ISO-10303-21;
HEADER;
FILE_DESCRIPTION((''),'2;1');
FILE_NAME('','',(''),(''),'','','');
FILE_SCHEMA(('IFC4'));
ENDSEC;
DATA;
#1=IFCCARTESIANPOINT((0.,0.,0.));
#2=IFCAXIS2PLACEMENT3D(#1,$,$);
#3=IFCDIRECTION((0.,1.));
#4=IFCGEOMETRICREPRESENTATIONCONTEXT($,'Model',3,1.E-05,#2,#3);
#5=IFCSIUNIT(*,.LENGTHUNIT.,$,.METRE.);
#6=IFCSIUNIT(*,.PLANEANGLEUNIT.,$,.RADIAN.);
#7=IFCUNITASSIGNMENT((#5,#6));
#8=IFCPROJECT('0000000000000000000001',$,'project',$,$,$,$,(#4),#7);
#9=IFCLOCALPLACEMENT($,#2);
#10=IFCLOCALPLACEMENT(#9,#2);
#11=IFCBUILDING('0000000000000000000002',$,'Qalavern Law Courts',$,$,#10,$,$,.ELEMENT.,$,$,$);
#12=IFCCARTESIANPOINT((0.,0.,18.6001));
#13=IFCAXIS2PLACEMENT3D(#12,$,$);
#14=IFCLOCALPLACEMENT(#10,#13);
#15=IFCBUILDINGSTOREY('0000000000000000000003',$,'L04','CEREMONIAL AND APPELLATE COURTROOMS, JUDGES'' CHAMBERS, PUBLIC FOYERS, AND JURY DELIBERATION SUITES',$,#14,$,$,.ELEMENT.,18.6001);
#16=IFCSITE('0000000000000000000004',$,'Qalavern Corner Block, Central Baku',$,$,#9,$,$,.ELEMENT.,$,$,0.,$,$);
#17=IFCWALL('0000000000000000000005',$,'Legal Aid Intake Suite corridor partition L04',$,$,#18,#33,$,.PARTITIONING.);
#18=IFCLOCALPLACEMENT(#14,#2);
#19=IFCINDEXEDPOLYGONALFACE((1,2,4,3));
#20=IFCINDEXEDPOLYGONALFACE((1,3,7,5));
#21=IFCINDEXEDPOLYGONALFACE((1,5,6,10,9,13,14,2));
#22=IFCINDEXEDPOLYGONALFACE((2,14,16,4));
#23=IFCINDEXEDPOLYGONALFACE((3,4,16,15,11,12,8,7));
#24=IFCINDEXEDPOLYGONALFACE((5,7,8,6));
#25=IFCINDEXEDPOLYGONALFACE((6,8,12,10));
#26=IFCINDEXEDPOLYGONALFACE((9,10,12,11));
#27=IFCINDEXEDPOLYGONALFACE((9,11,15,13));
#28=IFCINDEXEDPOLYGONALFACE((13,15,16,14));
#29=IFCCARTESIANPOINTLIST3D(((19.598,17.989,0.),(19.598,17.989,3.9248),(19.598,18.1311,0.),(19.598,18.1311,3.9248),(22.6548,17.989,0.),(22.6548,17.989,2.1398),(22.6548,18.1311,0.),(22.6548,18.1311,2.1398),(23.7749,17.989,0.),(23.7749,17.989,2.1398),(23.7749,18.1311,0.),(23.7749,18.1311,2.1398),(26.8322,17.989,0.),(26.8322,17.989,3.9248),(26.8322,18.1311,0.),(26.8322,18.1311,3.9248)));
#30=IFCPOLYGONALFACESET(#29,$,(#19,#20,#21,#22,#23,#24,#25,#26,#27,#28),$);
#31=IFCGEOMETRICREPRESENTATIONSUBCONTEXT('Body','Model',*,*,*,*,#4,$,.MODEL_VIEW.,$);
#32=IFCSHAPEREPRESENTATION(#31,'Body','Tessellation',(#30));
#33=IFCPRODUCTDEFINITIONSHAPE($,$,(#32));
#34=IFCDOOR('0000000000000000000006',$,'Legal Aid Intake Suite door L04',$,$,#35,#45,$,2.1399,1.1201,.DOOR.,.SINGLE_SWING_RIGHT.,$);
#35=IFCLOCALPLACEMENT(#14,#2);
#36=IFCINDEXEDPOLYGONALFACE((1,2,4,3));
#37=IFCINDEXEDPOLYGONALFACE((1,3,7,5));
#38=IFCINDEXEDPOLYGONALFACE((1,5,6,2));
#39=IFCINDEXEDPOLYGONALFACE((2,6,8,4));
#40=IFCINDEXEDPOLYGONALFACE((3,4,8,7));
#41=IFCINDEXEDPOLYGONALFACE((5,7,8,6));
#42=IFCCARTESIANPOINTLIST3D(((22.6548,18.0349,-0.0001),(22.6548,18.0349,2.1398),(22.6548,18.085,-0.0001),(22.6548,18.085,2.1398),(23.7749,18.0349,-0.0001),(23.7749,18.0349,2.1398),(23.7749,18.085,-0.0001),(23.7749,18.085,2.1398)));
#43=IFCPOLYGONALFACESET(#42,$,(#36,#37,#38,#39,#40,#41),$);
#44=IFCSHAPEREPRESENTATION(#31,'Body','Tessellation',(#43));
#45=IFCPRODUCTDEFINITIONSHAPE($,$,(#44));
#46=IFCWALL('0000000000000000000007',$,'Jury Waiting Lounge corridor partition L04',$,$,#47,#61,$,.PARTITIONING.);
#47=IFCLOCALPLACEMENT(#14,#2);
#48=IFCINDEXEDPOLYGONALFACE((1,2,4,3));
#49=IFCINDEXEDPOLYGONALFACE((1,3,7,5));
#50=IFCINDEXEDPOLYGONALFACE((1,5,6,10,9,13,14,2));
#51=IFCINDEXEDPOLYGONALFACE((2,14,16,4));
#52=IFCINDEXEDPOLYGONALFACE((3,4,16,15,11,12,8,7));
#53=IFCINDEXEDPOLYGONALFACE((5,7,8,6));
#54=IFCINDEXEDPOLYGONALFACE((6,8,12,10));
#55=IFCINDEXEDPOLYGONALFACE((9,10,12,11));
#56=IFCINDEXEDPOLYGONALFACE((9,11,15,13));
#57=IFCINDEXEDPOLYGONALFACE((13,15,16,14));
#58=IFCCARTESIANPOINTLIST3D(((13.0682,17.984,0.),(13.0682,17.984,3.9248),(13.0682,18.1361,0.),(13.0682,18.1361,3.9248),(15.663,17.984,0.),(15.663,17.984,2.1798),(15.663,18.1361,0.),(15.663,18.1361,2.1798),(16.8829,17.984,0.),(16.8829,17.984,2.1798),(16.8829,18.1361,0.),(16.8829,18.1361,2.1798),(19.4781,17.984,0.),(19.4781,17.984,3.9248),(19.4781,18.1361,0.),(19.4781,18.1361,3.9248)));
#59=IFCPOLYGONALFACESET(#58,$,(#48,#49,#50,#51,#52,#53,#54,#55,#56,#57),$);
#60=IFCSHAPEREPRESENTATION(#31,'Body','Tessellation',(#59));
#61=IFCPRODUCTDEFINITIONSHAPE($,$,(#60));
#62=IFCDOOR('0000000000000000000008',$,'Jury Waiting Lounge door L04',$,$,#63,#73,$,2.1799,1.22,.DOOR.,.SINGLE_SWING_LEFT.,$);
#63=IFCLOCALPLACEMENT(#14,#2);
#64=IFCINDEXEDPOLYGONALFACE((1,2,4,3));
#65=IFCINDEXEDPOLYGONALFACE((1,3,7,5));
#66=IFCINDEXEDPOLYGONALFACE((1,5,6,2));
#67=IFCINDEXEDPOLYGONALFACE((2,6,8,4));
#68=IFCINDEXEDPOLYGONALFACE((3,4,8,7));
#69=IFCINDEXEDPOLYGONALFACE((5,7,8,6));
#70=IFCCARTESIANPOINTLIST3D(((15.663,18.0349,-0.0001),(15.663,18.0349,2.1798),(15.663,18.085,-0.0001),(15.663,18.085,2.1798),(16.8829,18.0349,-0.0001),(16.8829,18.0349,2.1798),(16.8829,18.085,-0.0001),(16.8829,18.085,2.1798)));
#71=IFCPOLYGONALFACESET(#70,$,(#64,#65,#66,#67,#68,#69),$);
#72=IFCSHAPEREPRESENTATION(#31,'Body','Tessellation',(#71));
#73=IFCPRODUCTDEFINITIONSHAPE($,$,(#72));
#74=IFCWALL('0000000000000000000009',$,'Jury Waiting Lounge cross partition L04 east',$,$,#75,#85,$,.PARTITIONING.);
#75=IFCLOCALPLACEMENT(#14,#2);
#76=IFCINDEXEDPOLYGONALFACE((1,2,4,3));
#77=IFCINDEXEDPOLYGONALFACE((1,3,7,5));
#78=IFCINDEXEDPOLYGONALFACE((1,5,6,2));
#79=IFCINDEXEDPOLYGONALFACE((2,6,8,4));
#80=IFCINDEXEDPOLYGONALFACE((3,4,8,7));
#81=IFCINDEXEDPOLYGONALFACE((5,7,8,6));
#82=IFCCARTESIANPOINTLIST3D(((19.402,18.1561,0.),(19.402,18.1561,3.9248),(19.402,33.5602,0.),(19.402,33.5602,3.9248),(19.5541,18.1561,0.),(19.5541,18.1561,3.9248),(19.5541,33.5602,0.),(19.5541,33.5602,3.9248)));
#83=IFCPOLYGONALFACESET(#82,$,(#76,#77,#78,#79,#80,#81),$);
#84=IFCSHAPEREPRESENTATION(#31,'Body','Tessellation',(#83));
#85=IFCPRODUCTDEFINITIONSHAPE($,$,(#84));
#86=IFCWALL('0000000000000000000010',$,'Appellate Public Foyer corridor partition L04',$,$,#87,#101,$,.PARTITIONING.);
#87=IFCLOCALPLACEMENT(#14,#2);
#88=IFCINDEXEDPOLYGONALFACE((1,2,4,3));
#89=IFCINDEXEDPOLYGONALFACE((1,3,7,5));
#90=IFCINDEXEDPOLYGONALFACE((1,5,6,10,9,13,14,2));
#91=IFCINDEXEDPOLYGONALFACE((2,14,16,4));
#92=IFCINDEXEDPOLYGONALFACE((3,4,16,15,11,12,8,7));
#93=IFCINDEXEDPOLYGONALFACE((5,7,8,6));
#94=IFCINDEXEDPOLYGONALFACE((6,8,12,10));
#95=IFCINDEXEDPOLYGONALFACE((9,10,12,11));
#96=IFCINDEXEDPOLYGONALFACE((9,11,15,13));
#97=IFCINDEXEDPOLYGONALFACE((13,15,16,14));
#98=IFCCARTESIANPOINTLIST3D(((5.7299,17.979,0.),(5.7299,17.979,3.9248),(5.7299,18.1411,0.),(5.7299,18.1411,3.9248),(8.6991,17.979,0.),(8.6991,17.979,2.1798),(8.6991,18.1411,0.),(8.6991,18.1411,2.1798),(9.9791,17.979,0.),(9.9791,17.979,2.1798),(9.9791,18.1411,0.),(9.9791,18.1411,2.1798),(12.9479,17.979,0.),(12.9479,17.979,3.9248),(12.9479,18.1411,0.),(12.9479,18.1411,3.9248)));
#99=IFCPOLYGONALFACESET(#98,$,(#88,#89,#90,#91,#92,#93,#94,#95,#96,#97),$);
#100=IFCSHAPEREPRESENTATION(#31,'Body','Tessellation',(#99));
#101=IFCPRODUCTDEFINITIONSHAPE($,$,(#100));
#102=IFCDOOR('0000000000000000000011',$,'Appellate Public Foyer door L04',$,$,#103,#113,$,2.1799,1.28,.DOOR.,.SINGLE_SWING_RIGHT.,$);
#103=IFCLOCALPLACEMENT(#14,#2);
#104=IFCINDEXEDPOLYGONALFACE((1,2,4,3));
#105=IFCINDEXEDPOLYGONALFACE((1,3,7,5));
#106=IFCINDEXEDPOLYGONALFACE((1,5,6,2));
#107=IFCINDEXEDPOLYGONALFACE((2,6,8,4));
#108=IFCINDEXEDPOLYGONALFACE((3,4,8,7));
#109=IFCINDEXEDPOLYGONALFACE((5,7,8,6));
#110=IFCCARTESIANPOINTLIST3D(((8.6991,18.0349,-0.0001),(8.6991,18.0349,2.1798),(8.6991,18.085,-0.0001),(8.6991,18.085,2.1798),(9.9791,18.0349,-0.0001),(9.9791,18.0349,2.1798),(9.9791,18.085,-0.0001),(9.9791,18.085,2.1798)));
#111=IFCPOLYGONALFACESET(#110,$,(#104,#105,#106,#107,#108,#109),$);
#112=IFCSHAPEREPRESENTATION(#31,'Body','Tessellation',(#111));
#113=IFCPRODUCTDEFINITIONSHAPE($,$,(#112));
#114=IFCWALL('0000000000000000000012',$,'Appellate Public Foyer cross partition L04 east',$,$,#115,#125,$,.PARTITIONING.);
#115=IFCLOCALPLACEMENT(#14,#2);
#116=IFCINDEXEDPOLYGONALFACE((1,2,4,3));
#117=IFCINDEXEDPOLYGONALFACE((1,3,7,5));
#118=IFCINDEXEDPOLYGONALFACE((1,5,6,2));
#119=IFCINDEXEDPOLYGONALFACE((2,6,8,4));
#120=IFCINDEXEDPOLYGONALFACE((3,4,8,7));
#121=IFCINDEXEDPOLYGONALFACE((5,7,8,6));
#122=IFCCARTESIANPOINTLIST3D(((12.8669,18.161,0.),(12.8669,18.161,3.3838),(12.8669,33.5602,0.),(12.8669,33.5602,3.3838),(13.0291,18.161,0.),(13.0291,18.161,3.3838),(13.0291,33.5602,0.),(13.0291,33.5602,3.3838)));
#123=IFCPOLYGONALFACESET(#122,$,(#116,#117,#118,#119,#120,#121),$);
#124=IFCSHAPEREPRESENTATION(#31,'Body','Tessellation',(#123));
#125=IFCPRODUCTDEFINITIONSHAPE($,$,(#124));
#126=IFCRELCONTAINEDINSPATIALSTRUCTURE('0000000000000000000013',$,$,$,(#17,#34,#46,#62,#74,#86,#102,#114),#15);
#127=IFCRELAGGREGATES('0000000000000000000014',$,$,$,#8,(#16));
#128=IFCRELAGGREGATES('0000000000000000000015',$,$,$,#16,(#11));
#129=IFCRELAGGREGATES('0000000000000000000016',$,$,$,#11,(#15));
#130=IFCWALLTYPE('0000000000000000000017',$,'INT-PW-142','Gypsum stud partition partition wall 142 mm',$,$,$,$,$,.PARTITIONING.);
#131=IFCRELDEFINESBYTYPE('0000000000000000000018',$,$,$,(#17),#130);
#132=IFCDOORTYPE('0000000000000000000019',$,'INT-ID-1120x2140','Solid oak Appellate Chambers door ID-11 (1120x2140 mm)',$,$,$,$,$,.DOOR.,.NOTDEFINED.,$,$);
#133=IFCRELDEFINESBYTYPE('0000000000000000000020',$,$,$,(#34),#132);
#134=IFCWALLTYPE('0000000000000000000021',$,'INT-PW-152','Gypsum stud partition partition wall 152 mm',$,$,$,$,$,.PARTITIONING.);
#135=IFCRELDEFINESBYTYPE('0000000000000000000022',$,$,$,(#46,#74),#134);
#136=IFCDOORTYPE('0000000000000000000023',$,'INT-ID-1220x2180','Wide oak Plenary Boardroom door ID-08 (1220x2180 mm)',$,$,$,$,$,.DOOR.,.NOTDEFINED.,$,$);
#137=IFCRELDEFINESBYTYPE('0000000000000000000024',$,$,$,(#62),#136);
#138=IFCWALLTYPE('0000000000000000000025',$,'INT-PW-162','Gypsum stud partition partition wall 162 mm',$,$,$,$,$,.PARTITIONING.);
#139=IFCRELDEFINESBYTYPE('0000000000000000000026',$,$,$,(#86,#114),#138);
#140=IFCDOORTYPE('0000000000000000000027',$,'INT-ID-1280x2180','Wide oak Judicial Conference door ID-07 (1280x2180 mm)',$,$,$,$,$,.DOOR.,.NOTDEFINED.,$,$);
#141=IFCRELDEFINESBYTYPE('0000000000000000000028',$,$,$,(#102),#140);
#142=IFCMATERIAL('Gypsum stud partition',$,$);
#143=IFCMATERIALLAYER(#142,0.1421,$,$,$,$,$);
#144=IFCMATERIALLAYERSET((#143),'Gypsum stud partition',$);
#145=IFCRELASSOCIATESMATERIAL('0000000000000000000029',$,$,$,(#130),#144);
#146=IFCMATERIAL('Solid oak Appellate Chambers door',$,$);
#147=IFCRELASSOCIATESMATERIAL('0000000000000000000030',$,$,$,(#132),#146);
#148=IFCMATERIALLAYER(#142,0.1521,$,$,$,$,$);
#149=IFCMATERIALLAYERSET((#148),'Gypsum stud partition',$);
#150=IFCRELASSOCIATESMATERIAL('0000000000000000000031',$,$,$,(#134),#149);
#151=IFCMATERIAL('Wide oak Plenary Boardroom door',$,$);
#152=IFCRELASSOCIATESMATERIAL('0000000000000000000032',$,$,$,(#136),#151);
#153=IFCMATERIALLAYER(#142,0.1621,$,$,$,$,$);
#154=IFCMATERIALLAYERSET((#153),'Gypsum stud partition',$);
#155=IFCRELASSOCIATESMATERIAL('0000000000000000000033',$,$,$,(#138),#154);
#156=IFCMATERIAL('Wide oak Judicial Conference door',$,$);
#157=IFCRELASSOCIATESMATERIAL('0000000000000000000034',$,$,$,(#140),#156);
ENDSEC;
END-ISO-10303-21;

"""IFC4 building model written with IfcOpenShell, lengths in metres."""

from ifc_helpers import new_model, si_unit, direction, frame, frame_2d, origin, place, context, subcontext, project, spatial, rectangle, extrude, material, layer, layer_set, type_object, element, fill, save


model = new_model("IFC4")

# Units and contexts
model_context = context("Model", 3, precision=1e-05, world=origin(), true_north=direction((0.0, 1.0)))
body_context = subcontext(model_context, "Body", "Model", "MODEL_VIEW")
ifc_project = project(units=[si_unit("LENGTHUNIT", "METRE"), si_unit("PLANEANGLEUNIT", "RADIAN")], contexts=[model_context])

# Site, building, storey
site_placement = place(None, origin())
site = spatial("IfcSite", under=ifc_project, at=site_placement, Name="Qalavern Corner Block, Central Baku", CompositionType="ELEMENT", RefElevation=0.0)
building_placement = place(site_placement, origin())
building = spatial("IfcBuilding", under=site, at=building_placement, Name="Qalavern Law Courts", CompositionType="ELEMENT")
storey_placement = place(building_placement, frame((0.0, 0.0, 18.6001)))
storey = spatial("IfcBuildingStorey", under=building, at=storey_placement, Name="L04", Description="CEREMONIAL AND APPELLATE COURTROOMS, JUDGES' CHAMBERS, PUBLIC FOYERS, AND JURY DELIBERATION SUITES", CompositionType="ELEMENT", Elevation=18.6001)

# Walls, openings, doors
ifc_material_1 = material(Name="Gypsum stud partition")
ifc_layer_1 = layer(ifc_material_1, 0.1421)
ifc_layer_set_1 = layer_set([ifc_layer_1], Name="Gypsum stud partition")
wall_type_1 = type_object("IfcWallType", Name="INT-PW-142", Description="Gypsum stud partition partition wall 142 mm", PredefinedType="PARTITIONING", material=ifc_layer_set_1)
wall_1_placement = place(storey_placement, frame((19.5979, 18.0601, 0.0), z_axis=(0.0, 0.0, 1.0), x_axis=(1.0, 0.0, 0.0)))
wall_1 = element("IfcWall", 1, at=wall_1_placement, inside=storey, type_object=wall_type_1, Name="Legal Aid Intake Suite corridor partition L04", PredefinedType="PARTITIONING", context=body_context, shape_type="SweptSolid", body=[
    extrude(rectangle(XDim=7.2341, YDim=0.1421, at=frame_2d((3.6172, 0.0))), origin(), (0.0, 0.0, 1.0), 3.9248),
])
opening_1_placement = place(wall_1_placement, frame((3.0569, 0.0, 0.0)))
opening_1 = element("IfcOpeningElement", 2, at=opening_1_placement, cuts=wall_1, PredefinedType="OPENING", context=body_context, shape_type="SweptSolid", body=[
    extrude(rectangle(XDim=1.1201, YDim=2.1399, at=frame_2d((0.5601, 1.0698))), frame((0.0, 0.0859, 0.0), z_axis=(0.0, -1.0, 0.0), x_axis=(1.0, 0.0, 0.0)), (0.0, 0.0, 1.0), 0.1719),
])
ifc_material_2 = material(Name="Solid oak Appellate Chambers door")
door_type_1 = type_object("IfcDoorType", Name="INT-ID-1120x2140", Description="Solid oak Appellate Chambers door ID-11 (1120x2140 mm)", OperationType="NOTDEFINED", PredefinedType="DOOR", material=ifc_material_2)
door_1_placement = place(opening_1_placement, origin())
door_1 = element("IfcDoor", 3, at=door_1_placement, inside=storey, type_object=door_type_1, Name="Legal Aid Intake Suite door L04", OperationType="SINGLE_SWING_RIGHT", OverallHeight=2.1399, OverallWidth=1.1201, PredefinedType="DOOR", context=body_context, shape_type="SweptSolid", body=[
    extrude(rectangle(XDim=1.1201, YDim=2.1399, at=frame_2d((0.5601, 1.0698))), frame((0.0, 0.0249, 0.0), z_axis=(0.0, -1.0, 0.0), x_axis=(1.0, 0.0, 0.0)), (0.0, 0.0, 1.0), 0.05),
])
fill(opening_1, door_1)
ifc_layer_2 = layer(ifc_material_1, 0.1521)
ifc_layer_set_2 = layer_set([ifc_layer_2], Name="Gypsum stud partition")
wall_type_2 = type_object("IfcWallType", Name="INT-PW-152", Description="Gypsum stud partition partition wall 152 mm", PredefinedType="PARTITIONING", material=ifc_layer_set_2)
wall_2_placement = place(storey_placement, frame((13.0681, 18.0601, 0.0), z_axis=(0.0, 0.0, 1.0), x_axis=(1.0, 0.0, 0.0)))
wall_2 = element("IfcWall", 4, at=wall_2_placement, inside=storey, type_object=wall_type_2, Name="Jury Waiting Lounge corridor partition L04", PredefinedType="PARTITIONING", context=body_context, shape_type="SweptSolid", body=[
    extrude(rectangle(XDim=6.4099, YDim=0.1521, at=frame_2d((3.2051, 0.0))), origin(), (0.0, 0.0, 1.0), 3.9248),
])
opening_2_placement = place(wall_2_placement, frame((2.595, 0.0, 0.0)))
opening_2 = element("IfcOpeningElement", 5, at=opening_2_placement, cuts=wall_2, PredefinedType="OPENING", context=body_context, shape_type="SweptSolid", body=[
    extrude(rectangle(XDim=1.22, YDim=2.1799, at=frame_2d((0.6099, 1.0898))), frame((0.0, 0.0908, 0.0), z_axis=(0.0, -1.0, 0.0), x_axis=(1.0, 0.0, 0.0)), (0.0, 0.0, 1.0), 0.1819),
])
ifc_material_3 = material(Name="Wide oak Plenary Boardroom door")
door_type_2 = type_object("IfcDoorType", Name="INT-ID-1220x2180", Description="Wide oak Plenary Boardroom door ID-08 (1220x2180 mm)", OperationType="NOTDEFINED", PredefinedType="DOOR", material=ifc_material_3)
door_2_placement = place(opening_2_placement, origin())
door_2 = element("IfcDoor", 6, at=door_2_placement, inside=storey, type_object=door_type_2, Name="Jury Waiting Lounge door L04", OperationType="SINGLE_SWING_LEFT", OverallHeight=2.1799, OverallWidth=1.22, PredefinedType="DOOR", context=body_context, shape_type="SweptSolid", body=[
    extrude(rectangle(XDim=1.22, YDim=2.1799, at=frame_2d((0.6099, 1.0898))), frame((0.0, 0.0249, 0.0), z_axis=(0.0, -1.0, 0.0), x_axis=(1.0, 0.0, 0.0)), (0.0, 0.0, 1.0), 0.05),
])
fill(opening_2, door_2)

# Wall
wall_3_placement = place(storey_placement, frame((19.478, 18.156, 0.0), z_axis=(0.0, 0.0, 1.0), x_axis=(0.0, 1.0, 0.0)))
element("IfcWall", 7, at=wall_3_placement, inside=storey, type_object=wall_type_2, Name="Jury Waiting Lounge cross partition L04 east", PredefinedType="PARTITIONING", context=body_context, shape_type="SweptSolid", body=[
    extrude(rectangle(XDim=15.4041, YDim=0.1521, at=frame_2d((7.7021, 0.0))), origin(), (0.0, 0.0, 1.0), 3.9248),
])

# Wall, opening, door
ifc_layer_3 = layer(ifc_material_1, 0.1621)
ifc_layer_set_3 = layer_set([ifc_layer_3], Name="Gypsum stud partition")
wall_type_3 = type_object("IfcWallType", Name="INT-PW-162", Description="Gypsum stud partition partition wall 162 mm", PredefinedType="PARTITIONING", material=ifc_layer_set_3)
wall_4_placement = place(storey_placement, frame((5.73, 18.0601, 0.0), z_axis=(0.0, 0.0, 1.0), x_axis=(1.0, 0.0, 0.0)))
wall_4 = element("IfcWall", 8, at=wall_4_placement, inside=storey, type_object=wall_type_3, Name="Appellate Public Foyer corridor partition L04", PredefinedType="PARTITIONING", context=body_context, shape_type="SweptSolid", body=[
    extrude(rectangle(XDim=7.218, YDim=0.1621, at=frame_2d((3.6089, 0.0))), origin(), (0.0, 0.0, 1.0), 3.9248),
])
opening_3_placement = place(wall_4_placement, frame((2.969, 0.0, 0.0)))
opening_3 = element("IfcOpeningElement", 9, at=opening_3_placement, cuts=wall_4, PredefinedType="OPENING", context=body_context, shape_type="SweptSolid", body=[
    extrude(rectangle(XDim=1.28, YDim=2.1799, at=frame_2d((0.6401, 1.0898))), frame((0.0, 0.0959, 0.0), z_axis=(0.0, -1.0, 0.0), x_axis=(1.0, 0.0, 0.0)), (0.0, 0.0, 1.0), 0.1919),
])
ifc_material_4 = material(Name="Wide oak Judicial Conference door")
door_type_3 = type_object("IfcDoorType", Name="INT-ID-1280x2180", Description="Wide oak Judicial Conference door ID-07 (1280x2180 mm)", OperationType="NOTDEFINED", PredefinedType="DOOR", material=ifc_material_4)
door_3_placement = place(opening_3_placement, origin())
door_3 = element("IfcDoor", 10, at=door_3_placement, inside=storey, type_object=door_type_3, Name="Appellate Public Foyer door L04", OperationType="SINGLE_SWING_RIGHT", OverallHeight=2.1799, OverallWidth=1.28, PredefinedType="DOOR", context=body_context, shape_type="SweptSolid", body=[
    extrude(rectangle(XDim=1.28, YDim=2.1799, at=frame_2d((0.6401, 1.0898))), frame((0.0, 0.0249, 0.0), z_axis=(0.0, -1.0, 0.0), x_axis=(1.0, 0.0, 0.0)), (0.0, 0.0, 1.0), 0.05),
])
fill(opening_3, door_3)

# Wall
wall_5_placement = place(storey_placement, frame((12.948, 18.1609, 0.0), z_axis=(0.0, 0.0, 1.0), x_axis=(0.0, 1.0, 0.0)))
element("IfcWall", 11, at=wall_5_placement, inside=storey, type_object=wall_type_3, Name="Appellate Public Foyer cross partition L04 east", PredefinedType="PARTITIONING", context=body_context, shape_type="SweptSolid", body=[
    extrude(rectangle(XDim=15.3992, YDim=0.1621, at=frame_2d((7.6997, 0.0))), origin(), (0.0, 0.0, 1.0), 3.3838),
])

save(model, "model.ifc")
